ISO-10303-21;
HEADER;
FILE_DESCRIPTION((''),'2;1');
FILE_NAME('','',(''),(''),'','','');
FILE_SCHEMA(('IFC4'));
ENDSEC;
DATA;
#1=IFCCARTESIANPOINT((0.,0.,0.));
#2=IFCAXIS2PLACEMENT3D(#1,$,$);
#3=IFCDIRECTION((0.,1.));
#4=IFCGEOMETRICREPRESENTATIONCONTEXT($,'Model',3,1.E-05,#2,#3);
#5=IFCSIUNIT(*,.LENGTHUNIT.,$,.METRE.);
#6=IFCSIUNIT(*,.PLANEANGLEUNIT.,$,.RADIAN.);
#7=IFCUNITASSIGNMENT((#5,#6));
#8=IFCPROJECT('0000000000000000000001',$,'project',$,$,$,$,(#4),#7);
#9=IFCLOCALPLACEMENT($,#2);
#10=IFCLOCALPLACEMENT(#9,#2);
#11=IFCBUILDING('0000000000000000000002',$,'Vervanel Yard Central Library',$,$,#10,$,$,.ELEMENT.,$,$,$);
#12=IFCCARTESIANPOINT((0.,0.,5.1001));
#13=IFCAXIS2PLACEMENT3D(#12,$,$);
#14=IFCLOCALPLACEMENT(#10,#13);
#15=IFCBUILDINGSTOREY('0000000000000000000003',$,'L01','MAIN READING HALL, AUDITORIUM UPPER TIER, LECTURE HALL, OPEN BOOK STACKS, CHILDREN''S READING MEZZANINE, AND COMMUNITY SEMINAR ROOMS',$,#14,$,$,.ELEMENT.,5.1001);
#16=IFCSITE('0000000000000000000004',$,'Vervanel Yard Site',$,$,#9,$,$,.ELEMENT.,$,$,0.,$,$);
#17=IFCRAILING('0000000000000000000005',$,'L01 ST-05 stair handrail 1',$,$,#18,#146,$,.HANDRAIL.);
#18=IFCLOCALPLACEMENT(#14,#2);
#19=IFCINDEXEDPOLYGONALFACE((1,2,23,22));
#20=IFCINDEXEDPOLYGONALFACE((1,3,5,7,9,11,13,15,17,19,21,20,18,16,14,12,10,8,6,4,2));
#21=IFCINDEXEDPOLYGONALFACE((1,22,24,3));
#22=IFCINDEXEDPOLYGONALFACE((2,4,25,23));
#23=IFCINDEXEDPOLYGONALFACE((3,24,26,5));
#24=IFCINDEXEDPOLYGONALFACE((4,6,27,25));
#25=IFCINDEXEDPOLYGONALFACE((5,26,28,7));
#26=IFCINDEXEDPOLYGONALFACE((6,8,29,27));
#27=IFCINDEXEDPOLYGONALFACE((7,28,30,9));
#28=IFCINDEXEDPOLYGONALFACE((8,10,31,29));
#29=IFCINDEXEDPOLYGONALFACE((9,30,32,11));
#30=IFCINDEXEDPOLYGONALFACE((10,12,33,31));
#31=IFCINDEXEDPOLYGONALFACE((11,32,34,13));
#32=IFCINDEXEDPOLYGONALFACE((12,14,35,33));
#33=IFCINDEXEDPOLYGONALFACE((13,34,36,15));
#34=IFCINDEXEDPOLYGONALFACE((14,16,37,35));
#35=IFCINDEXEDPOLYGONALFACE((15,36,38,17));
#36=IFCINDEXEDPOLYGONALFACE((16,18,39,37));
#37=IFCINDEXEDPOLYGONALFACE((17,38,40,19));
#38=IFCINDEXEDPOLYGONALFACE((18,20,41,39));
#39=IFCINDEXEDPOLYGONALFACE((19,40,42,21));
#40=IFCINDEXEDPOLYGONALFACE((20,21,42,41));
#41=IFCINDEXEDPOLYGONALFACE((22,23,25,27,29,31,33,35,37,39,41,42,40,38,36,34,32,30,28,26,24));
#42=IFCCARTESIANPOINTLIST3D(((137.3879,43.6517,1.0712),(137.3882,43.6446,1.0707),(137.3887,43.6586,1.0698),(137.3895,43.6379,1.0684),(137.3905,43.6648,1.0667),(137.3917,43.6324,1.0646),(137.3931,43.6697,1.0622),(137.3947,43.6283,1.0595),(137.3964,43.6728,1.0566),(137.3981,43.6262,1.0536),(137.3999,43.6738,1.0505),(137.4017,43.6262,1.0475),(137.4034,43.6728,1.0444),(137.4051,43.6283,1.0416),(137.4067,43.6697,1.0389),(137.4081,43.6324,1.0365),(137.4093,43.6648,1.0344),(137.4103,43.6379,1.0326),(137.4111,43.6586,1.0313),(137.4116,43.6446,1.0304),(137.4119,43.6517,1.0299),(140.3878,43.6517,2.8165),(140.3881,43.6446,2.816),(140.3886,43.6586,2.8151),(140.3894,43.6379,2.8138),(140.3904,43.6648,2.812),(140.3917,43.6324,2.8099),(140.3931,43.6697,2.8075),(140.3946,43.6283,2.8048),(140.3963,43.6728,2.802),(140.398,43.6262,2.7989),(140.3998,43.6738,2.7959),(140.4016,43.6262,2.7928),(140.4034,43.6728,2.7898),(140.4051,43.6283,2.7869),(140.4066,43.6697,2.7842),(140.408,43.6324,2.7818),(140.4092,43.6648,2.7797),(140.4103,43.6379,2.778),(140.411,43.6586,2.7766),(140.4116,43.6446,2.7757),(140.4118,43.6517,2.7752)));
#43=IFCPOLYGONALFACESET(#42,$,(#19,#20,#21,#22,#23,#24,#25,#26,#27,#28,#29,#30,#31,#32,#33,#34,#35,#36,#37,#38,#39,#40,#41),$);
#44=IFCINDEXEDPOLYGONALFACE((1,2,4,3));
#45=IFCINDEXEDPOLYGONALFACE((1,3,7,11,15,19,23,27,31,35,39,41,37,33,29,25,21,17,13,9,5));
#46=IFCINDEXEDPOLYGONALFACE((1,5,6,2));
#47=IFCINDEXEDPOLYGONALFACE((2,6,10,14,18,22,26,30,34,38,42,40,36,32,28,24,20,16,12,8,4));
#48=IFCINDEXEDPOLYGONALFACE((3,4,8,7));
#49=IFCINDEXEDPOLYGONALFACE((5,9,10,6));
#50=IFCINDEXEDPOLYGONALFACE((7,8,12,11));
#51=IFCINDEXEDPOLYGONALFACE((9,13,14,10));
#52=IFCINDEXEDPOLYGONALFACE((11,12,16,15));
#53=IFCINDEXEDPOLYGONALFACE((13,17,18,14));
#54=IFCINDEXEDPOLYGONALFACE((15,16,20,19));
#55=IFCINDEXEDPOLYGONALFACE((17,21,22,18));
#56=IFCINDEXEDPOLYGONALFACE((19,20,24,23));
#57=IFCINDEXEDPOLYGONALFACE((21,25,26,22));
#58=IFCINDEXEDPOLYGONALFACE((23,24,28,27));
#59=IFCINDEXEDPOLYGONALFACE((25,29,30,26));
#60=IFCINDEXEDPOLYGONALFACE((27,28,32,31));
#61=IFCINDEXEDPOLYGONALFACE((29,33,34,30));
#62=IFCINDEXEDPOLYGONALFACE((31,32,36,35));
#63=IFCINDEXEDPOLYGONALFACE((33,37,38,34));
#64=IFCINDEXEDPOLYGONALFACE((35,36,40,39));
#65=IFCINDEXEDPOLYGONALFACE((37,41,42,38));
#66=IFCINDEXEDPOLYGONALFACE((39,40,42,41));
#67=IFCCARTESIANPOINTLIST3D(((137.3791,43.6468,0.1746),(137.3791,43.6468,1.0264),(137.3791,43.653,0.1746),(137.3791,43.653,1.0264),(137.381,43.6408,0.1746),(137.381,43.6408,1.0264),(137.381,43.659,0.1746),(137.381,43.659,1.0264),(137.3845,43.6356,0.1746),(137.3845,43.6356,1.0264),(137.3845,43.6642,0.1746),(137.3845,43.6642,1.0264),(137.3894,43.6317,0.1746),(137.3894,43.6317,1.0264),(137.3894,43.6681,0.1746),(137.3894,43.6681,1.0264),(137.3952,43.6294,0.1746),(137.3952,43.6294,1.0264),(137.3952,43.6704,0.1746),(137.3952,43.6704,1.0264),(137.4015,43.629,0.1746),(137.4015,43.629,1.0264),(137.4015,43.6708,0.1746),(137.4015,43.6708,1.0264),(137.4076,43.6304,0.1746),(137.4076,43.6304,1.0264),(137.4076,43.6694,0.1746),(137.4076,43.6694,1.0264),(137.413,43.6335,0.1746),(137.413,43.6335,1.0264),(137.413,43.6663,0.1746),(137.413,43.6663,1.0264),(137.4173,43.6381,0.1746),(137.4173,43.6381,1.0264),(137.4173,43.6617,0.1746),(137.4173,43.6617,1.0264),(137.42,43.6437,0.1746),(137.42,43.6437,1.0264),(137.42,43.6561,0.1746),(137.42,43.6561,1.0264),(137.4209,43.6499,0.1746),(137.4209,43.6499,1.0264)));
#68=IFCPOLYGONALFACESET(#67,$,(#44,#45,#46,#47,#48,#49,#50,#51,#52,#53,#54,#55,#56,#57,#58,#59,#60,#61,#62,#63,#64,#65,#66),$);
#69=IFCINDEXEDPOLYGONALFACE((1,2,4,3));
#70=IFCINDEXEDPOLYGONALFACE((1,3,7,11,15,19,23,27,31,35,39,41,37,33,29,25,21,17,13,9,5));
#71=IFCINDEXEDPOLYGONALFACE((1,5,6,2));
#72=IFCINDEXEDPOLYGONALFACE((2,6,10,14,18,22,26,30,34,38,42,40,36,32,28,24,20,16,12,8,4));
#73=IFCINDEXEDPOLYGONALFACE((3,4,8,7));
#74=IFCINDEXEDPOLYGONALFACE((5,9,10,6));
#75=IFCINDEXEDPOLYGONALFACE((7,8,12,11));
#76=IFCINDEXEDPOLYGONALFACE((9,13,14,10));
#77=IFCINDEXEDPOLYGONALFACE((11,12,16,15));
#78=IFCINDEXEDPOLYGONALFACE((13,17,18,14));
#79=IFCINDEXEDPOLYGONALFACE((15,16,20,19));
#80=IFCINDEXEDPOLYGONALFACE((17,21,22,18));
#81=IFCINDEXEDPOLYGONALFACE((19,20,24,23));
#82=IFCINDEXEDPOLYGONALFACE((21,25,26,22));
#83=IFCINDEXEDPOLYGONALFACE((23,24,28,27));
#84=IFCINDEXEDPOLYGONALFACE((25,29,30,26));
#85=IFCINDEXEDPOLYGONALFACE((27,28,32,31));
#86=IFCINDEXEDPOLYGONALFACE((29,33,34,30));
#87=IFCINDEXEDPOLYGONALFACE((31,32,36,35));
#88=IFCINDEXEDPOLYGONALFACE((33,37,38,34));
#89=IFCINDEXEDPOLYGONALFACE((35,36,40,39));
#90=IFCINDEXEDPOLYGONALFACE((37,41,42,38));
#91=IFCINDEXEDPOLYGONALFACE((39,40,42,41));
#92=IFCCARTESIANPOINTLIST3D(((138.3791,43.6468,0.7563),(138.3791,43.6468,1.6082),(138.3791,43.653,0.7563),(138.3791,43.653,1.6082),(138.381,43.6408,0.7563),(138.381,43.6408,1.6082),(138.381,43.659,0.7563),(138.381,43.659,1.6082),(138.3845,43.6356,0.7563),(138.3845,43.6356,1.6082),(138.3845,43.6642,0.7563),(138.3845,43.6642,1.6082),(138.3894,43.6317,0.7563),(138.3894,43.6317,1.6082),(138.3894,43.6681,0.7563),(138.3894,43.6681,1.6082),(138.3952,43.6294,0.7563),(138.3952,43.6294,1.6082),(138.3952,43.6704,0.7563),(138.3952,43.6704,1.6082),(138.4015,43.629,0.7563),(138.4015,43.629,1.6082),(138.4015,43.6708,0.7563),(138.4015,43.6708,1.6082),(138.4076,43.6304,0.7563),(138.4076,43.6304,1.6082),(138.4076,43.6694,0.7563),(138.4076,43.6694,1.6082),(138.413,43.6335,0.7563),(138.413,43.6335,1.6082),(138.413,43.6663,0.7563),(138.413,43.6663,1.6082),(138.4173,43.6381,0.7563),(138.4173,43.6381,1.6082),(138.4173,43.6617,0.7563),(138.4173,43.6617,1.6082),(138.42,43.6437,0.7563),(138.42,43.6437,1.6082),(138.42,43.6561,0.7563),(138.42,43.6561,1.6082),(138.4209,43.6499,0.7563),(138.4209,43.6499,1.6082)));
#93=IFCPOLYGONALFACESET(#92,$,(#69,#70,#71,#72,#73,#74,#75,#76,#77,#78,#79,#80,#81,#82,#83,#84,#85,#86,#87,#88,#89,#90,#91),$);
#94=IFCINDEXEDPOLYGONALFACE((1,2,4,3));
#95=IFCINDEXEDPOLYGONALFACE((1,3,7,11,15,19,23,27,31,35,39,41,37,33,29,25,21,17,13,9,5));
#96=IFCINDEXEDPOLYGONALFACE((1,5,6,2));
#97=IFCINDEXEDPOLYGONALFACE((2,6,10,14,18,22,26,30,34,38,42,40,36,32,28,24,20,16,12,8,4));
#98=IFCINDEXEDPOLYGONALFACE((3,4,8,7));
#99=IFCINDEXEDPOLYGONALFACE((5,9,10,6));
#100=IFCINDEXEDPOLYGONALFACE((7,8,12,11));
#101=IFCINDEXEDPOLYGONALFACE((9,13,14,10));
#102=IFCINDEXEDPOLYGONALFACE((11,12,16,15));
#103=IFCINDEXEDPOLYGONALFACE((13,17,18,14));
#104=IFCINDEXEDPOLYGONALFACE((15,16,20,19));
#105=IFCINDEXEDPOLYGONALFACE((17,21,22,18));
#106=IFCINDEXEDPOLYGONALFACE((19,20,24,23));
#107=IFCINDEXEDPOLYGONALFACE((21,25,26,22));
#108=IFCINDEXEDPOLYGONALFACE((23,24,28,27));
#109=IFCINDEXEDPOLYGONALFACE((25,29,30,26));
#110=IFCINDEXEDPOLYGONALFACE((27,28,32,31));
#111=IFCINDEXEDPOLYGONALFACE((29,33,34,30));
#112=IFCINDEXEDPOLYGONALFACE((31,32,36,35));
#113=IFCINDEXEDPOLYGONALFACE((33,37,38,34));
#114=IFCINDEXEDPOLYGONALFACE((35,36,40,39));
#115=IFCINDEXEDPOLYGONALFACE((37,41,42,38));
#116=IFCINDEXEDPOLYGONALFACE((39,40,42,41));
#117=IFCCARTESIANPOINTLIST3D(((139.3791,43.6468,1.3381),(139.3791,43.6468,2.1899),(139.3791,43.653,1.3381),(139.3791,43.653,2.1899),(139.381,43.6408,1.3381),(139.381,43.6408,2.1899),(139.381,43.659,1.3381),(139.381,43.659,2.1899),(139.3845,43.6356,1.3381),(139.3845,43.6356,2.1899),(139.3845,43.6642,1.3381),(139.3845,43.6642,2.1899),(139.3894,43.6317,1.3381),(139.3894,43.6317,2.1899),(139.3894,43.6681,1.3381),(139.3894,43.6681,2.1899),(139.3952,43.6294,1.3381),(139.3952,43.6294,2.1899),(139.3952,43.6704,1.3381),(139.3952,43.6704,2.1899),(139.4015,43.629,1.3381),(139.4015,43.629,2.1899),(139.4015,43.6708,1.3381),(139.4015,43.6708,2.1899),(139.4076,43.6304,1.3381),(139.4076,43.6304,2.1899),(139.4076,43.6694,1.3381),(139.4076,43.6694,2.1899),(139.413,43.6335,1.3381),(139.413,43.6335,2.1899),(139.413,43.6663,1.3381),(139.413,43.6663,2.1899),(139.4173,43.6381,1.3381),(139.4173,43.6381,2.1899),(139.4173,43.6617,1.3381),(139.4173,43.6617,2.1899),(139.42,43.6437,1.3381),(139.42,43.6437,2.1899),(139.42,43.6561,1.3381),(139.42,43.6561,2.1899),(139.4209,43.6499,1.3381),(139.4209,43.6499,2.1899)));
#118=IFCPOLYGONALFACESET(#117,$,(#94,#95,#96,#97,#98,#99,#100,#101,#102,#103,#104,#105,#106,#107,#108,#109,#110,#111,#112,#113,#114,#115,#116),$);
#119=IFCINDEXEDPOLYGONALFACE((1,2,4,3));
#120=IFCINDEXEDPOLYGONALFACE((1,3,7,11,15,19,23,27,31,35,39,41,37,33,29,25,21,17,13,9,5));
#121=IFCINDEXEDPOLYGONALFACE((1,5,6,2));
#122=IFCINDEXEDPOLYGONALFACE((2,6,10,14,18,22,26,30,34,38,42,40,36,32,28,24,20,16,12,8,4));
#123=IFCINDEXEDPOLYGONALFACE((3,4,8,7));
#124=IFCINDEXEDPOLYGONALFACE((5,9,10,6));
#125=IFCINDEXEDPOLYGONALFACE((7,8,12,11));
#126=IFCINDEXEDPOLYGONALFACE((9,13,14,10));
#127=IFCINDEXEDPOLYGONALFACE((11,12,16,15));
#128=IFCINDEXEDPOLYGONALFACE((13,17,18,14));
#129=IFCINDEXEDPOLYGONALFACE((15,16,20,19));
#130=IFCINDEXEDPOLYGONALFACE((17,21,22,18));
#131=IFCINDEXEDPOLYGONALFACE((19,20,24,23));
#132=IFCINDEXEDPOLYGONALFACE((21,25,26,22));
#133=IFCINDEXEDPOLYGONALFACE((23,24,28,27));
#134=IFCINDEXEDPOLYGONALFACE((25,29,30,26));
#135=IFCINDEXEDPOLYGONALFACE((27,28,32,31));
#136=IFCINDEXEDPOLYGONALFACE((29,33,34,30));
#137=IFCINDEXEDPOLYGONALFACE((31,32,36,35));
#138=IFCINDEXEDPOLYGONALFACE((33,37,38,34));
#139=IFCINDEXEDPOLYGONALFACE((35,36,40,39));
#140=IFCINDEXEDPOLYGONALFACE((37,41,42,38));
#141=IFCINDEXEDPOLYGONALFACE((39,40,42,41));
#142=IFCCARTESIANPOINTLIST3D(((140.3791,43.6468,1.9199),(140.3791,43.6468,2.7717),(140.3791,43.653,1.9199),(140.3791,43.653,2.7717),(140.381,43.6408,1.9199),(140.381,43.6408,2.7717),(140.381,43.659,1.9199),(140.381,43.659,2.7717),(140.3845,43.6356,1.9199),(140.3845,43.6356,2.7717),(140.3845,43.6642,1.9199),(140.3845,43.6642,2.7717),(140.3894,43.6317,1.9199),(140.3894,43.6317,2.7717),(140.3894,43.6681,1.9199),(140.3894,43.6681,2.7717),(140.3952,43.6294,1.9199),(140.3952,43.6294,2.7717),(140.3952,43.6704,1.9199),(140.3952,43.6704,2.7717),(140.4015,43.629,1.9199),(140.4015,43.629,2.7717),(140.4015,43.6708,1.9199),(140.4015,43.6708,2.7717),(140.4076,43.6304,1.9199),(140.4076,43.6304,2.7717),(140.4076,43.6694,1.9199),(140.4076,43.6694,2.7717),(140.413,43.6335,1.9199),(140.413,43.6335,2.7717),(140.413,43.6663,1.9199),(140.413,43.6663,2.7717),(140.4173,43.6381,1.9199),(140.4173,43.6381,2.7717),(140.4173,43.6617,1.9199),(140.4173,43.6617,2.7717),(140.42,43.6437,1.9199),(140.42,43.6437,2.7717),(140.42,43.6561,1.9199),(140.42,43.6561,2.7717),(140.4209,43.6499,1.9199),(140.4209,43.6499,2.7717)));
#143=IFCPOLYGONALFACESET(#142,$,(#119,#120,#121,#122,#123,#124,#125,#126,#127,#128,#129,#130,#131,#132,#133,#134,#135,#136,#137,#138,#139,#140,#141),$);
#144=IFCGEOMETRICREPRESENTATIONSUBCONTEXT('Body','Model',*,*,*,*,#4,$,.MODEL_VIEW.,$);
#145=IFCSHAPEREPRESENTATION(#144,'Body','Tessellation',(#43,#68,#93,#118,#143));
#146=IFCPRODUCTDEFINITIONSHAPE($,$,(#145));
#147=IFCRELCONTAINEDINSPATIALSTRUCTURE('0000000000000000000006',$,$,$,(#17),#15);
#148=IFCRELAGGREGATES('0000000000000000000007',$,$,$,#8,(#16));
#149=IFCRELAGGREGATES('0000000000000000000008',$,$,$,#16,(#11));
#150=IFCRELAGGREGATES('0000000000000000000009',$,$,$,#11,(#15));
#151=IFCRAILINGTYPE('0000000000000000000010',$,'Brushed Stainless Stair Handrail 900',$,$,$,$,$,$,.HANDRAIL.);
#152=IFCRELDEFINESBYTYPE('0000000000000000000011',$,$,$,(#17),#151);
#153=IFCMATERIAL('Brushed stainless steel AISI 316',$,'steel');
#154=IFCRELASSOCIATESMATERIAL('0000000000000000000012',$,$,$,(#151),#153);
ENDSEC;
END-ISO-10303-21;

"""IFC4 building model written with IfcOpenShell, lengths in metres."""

from ifc_helpers import new_model, si_unit, direction, frame, origin, origin_2d, place, context, subcontext, project, spatial, circle, extrude, material, type_object, element, save


model = new_model("IFC4")

# Units and contexts
model_context = context("Model", 3, precision=1e-05, world=origin(), true_north=direction((0.0, 1.0)))
body_context = subcontext(model_context, "Body", "Model", "MODEL_VIEW")
ifc_project = project(units=[si_unit("LENGTHUNIT", "METRE"), si_unit("PLANEANGLEUNIT", "RADIAN")], contexts=[model_context])

# Site, building, storey
site_placement = place(None, origin())
site = spatial("IfcSite", under=ifc_project, at=site_placement, Name="Vervanel Yard Site", CompositionType="ELEMENT", RefElevation=0.0)
building_placement = place(site_placement, origin())
building = spatial("IfcBuilding", under=site, at=building_placement, Name="Vervanel Yard Central Library", CompositionType="ELEMENT")
storey_placement = place(building_placement, frame((0.0, 0.0, 5.1001)))
storey = spatial("IfcBuildingStorey", under=building, at=storey_placement, Name="L01", Description="MAIN READING HALL, AUDITORIUM UPPER TIER, LECTURE HALL, OPEN BOOK STACKS, CHILDREN'S READING MEZZANINE, AND COMMUNITY SEMINAR ROOMS", CompositionType="ELEMENT", Elevation=5.1001)

# Railing
ifc_material_1 = material(Name="Brushed stainless steel AISI 316", Category="steel")
railing_type = type_object("IfcRailingType", Name="Brushed Stainless Stair Handrail 900", PredefinedType="HANDRAIL", material=ifc_material_1)
railing_placement = place(storey_placement, frame((137.3999, 43.6499, 0.1746)))
element("IfcRailing", 1, at=railing_placement, inside=storey, type_object=railing_type, Name="L01 ST-05 stair handrail 1", PredefinedType="HANDRAIL", context=body_context, shape_type="SweptSolid", body=[
    extrude(circle(Radius=0.0239, at=origin_2d()), frame((0.0, 0.0, 0.876), z_axis=(0.86436, 0.0, 0.502874), x_axis=(0.0, 1.0, 0.0)), (0.0, 0.0, 1.0), 3.4707),
    extrude(circle(Radius=0.021, at=origin_2d()), origin(), (0.0, 0.0, 1.0), 0.8518),
    extrude(circle(Radius=0.021, at=origin_2d()), frame((1.0, 0.0, 0.5818)), (0.0, 0.0, 1.0), 0.8518),
    extrude(circle(Radius=0.021, at=origin_2d()), frame((2.0, 0.0, 1.1636)), (0.0, 0.0, 1.0), 0.8518),
    extrude(circle(Radius=0.021, at=origin_2d()), frame((3.0, 0.0, 1.7454)), (0.0, 0.0, 1.0), 0.8518),
])

save(model, "model.ifc")
